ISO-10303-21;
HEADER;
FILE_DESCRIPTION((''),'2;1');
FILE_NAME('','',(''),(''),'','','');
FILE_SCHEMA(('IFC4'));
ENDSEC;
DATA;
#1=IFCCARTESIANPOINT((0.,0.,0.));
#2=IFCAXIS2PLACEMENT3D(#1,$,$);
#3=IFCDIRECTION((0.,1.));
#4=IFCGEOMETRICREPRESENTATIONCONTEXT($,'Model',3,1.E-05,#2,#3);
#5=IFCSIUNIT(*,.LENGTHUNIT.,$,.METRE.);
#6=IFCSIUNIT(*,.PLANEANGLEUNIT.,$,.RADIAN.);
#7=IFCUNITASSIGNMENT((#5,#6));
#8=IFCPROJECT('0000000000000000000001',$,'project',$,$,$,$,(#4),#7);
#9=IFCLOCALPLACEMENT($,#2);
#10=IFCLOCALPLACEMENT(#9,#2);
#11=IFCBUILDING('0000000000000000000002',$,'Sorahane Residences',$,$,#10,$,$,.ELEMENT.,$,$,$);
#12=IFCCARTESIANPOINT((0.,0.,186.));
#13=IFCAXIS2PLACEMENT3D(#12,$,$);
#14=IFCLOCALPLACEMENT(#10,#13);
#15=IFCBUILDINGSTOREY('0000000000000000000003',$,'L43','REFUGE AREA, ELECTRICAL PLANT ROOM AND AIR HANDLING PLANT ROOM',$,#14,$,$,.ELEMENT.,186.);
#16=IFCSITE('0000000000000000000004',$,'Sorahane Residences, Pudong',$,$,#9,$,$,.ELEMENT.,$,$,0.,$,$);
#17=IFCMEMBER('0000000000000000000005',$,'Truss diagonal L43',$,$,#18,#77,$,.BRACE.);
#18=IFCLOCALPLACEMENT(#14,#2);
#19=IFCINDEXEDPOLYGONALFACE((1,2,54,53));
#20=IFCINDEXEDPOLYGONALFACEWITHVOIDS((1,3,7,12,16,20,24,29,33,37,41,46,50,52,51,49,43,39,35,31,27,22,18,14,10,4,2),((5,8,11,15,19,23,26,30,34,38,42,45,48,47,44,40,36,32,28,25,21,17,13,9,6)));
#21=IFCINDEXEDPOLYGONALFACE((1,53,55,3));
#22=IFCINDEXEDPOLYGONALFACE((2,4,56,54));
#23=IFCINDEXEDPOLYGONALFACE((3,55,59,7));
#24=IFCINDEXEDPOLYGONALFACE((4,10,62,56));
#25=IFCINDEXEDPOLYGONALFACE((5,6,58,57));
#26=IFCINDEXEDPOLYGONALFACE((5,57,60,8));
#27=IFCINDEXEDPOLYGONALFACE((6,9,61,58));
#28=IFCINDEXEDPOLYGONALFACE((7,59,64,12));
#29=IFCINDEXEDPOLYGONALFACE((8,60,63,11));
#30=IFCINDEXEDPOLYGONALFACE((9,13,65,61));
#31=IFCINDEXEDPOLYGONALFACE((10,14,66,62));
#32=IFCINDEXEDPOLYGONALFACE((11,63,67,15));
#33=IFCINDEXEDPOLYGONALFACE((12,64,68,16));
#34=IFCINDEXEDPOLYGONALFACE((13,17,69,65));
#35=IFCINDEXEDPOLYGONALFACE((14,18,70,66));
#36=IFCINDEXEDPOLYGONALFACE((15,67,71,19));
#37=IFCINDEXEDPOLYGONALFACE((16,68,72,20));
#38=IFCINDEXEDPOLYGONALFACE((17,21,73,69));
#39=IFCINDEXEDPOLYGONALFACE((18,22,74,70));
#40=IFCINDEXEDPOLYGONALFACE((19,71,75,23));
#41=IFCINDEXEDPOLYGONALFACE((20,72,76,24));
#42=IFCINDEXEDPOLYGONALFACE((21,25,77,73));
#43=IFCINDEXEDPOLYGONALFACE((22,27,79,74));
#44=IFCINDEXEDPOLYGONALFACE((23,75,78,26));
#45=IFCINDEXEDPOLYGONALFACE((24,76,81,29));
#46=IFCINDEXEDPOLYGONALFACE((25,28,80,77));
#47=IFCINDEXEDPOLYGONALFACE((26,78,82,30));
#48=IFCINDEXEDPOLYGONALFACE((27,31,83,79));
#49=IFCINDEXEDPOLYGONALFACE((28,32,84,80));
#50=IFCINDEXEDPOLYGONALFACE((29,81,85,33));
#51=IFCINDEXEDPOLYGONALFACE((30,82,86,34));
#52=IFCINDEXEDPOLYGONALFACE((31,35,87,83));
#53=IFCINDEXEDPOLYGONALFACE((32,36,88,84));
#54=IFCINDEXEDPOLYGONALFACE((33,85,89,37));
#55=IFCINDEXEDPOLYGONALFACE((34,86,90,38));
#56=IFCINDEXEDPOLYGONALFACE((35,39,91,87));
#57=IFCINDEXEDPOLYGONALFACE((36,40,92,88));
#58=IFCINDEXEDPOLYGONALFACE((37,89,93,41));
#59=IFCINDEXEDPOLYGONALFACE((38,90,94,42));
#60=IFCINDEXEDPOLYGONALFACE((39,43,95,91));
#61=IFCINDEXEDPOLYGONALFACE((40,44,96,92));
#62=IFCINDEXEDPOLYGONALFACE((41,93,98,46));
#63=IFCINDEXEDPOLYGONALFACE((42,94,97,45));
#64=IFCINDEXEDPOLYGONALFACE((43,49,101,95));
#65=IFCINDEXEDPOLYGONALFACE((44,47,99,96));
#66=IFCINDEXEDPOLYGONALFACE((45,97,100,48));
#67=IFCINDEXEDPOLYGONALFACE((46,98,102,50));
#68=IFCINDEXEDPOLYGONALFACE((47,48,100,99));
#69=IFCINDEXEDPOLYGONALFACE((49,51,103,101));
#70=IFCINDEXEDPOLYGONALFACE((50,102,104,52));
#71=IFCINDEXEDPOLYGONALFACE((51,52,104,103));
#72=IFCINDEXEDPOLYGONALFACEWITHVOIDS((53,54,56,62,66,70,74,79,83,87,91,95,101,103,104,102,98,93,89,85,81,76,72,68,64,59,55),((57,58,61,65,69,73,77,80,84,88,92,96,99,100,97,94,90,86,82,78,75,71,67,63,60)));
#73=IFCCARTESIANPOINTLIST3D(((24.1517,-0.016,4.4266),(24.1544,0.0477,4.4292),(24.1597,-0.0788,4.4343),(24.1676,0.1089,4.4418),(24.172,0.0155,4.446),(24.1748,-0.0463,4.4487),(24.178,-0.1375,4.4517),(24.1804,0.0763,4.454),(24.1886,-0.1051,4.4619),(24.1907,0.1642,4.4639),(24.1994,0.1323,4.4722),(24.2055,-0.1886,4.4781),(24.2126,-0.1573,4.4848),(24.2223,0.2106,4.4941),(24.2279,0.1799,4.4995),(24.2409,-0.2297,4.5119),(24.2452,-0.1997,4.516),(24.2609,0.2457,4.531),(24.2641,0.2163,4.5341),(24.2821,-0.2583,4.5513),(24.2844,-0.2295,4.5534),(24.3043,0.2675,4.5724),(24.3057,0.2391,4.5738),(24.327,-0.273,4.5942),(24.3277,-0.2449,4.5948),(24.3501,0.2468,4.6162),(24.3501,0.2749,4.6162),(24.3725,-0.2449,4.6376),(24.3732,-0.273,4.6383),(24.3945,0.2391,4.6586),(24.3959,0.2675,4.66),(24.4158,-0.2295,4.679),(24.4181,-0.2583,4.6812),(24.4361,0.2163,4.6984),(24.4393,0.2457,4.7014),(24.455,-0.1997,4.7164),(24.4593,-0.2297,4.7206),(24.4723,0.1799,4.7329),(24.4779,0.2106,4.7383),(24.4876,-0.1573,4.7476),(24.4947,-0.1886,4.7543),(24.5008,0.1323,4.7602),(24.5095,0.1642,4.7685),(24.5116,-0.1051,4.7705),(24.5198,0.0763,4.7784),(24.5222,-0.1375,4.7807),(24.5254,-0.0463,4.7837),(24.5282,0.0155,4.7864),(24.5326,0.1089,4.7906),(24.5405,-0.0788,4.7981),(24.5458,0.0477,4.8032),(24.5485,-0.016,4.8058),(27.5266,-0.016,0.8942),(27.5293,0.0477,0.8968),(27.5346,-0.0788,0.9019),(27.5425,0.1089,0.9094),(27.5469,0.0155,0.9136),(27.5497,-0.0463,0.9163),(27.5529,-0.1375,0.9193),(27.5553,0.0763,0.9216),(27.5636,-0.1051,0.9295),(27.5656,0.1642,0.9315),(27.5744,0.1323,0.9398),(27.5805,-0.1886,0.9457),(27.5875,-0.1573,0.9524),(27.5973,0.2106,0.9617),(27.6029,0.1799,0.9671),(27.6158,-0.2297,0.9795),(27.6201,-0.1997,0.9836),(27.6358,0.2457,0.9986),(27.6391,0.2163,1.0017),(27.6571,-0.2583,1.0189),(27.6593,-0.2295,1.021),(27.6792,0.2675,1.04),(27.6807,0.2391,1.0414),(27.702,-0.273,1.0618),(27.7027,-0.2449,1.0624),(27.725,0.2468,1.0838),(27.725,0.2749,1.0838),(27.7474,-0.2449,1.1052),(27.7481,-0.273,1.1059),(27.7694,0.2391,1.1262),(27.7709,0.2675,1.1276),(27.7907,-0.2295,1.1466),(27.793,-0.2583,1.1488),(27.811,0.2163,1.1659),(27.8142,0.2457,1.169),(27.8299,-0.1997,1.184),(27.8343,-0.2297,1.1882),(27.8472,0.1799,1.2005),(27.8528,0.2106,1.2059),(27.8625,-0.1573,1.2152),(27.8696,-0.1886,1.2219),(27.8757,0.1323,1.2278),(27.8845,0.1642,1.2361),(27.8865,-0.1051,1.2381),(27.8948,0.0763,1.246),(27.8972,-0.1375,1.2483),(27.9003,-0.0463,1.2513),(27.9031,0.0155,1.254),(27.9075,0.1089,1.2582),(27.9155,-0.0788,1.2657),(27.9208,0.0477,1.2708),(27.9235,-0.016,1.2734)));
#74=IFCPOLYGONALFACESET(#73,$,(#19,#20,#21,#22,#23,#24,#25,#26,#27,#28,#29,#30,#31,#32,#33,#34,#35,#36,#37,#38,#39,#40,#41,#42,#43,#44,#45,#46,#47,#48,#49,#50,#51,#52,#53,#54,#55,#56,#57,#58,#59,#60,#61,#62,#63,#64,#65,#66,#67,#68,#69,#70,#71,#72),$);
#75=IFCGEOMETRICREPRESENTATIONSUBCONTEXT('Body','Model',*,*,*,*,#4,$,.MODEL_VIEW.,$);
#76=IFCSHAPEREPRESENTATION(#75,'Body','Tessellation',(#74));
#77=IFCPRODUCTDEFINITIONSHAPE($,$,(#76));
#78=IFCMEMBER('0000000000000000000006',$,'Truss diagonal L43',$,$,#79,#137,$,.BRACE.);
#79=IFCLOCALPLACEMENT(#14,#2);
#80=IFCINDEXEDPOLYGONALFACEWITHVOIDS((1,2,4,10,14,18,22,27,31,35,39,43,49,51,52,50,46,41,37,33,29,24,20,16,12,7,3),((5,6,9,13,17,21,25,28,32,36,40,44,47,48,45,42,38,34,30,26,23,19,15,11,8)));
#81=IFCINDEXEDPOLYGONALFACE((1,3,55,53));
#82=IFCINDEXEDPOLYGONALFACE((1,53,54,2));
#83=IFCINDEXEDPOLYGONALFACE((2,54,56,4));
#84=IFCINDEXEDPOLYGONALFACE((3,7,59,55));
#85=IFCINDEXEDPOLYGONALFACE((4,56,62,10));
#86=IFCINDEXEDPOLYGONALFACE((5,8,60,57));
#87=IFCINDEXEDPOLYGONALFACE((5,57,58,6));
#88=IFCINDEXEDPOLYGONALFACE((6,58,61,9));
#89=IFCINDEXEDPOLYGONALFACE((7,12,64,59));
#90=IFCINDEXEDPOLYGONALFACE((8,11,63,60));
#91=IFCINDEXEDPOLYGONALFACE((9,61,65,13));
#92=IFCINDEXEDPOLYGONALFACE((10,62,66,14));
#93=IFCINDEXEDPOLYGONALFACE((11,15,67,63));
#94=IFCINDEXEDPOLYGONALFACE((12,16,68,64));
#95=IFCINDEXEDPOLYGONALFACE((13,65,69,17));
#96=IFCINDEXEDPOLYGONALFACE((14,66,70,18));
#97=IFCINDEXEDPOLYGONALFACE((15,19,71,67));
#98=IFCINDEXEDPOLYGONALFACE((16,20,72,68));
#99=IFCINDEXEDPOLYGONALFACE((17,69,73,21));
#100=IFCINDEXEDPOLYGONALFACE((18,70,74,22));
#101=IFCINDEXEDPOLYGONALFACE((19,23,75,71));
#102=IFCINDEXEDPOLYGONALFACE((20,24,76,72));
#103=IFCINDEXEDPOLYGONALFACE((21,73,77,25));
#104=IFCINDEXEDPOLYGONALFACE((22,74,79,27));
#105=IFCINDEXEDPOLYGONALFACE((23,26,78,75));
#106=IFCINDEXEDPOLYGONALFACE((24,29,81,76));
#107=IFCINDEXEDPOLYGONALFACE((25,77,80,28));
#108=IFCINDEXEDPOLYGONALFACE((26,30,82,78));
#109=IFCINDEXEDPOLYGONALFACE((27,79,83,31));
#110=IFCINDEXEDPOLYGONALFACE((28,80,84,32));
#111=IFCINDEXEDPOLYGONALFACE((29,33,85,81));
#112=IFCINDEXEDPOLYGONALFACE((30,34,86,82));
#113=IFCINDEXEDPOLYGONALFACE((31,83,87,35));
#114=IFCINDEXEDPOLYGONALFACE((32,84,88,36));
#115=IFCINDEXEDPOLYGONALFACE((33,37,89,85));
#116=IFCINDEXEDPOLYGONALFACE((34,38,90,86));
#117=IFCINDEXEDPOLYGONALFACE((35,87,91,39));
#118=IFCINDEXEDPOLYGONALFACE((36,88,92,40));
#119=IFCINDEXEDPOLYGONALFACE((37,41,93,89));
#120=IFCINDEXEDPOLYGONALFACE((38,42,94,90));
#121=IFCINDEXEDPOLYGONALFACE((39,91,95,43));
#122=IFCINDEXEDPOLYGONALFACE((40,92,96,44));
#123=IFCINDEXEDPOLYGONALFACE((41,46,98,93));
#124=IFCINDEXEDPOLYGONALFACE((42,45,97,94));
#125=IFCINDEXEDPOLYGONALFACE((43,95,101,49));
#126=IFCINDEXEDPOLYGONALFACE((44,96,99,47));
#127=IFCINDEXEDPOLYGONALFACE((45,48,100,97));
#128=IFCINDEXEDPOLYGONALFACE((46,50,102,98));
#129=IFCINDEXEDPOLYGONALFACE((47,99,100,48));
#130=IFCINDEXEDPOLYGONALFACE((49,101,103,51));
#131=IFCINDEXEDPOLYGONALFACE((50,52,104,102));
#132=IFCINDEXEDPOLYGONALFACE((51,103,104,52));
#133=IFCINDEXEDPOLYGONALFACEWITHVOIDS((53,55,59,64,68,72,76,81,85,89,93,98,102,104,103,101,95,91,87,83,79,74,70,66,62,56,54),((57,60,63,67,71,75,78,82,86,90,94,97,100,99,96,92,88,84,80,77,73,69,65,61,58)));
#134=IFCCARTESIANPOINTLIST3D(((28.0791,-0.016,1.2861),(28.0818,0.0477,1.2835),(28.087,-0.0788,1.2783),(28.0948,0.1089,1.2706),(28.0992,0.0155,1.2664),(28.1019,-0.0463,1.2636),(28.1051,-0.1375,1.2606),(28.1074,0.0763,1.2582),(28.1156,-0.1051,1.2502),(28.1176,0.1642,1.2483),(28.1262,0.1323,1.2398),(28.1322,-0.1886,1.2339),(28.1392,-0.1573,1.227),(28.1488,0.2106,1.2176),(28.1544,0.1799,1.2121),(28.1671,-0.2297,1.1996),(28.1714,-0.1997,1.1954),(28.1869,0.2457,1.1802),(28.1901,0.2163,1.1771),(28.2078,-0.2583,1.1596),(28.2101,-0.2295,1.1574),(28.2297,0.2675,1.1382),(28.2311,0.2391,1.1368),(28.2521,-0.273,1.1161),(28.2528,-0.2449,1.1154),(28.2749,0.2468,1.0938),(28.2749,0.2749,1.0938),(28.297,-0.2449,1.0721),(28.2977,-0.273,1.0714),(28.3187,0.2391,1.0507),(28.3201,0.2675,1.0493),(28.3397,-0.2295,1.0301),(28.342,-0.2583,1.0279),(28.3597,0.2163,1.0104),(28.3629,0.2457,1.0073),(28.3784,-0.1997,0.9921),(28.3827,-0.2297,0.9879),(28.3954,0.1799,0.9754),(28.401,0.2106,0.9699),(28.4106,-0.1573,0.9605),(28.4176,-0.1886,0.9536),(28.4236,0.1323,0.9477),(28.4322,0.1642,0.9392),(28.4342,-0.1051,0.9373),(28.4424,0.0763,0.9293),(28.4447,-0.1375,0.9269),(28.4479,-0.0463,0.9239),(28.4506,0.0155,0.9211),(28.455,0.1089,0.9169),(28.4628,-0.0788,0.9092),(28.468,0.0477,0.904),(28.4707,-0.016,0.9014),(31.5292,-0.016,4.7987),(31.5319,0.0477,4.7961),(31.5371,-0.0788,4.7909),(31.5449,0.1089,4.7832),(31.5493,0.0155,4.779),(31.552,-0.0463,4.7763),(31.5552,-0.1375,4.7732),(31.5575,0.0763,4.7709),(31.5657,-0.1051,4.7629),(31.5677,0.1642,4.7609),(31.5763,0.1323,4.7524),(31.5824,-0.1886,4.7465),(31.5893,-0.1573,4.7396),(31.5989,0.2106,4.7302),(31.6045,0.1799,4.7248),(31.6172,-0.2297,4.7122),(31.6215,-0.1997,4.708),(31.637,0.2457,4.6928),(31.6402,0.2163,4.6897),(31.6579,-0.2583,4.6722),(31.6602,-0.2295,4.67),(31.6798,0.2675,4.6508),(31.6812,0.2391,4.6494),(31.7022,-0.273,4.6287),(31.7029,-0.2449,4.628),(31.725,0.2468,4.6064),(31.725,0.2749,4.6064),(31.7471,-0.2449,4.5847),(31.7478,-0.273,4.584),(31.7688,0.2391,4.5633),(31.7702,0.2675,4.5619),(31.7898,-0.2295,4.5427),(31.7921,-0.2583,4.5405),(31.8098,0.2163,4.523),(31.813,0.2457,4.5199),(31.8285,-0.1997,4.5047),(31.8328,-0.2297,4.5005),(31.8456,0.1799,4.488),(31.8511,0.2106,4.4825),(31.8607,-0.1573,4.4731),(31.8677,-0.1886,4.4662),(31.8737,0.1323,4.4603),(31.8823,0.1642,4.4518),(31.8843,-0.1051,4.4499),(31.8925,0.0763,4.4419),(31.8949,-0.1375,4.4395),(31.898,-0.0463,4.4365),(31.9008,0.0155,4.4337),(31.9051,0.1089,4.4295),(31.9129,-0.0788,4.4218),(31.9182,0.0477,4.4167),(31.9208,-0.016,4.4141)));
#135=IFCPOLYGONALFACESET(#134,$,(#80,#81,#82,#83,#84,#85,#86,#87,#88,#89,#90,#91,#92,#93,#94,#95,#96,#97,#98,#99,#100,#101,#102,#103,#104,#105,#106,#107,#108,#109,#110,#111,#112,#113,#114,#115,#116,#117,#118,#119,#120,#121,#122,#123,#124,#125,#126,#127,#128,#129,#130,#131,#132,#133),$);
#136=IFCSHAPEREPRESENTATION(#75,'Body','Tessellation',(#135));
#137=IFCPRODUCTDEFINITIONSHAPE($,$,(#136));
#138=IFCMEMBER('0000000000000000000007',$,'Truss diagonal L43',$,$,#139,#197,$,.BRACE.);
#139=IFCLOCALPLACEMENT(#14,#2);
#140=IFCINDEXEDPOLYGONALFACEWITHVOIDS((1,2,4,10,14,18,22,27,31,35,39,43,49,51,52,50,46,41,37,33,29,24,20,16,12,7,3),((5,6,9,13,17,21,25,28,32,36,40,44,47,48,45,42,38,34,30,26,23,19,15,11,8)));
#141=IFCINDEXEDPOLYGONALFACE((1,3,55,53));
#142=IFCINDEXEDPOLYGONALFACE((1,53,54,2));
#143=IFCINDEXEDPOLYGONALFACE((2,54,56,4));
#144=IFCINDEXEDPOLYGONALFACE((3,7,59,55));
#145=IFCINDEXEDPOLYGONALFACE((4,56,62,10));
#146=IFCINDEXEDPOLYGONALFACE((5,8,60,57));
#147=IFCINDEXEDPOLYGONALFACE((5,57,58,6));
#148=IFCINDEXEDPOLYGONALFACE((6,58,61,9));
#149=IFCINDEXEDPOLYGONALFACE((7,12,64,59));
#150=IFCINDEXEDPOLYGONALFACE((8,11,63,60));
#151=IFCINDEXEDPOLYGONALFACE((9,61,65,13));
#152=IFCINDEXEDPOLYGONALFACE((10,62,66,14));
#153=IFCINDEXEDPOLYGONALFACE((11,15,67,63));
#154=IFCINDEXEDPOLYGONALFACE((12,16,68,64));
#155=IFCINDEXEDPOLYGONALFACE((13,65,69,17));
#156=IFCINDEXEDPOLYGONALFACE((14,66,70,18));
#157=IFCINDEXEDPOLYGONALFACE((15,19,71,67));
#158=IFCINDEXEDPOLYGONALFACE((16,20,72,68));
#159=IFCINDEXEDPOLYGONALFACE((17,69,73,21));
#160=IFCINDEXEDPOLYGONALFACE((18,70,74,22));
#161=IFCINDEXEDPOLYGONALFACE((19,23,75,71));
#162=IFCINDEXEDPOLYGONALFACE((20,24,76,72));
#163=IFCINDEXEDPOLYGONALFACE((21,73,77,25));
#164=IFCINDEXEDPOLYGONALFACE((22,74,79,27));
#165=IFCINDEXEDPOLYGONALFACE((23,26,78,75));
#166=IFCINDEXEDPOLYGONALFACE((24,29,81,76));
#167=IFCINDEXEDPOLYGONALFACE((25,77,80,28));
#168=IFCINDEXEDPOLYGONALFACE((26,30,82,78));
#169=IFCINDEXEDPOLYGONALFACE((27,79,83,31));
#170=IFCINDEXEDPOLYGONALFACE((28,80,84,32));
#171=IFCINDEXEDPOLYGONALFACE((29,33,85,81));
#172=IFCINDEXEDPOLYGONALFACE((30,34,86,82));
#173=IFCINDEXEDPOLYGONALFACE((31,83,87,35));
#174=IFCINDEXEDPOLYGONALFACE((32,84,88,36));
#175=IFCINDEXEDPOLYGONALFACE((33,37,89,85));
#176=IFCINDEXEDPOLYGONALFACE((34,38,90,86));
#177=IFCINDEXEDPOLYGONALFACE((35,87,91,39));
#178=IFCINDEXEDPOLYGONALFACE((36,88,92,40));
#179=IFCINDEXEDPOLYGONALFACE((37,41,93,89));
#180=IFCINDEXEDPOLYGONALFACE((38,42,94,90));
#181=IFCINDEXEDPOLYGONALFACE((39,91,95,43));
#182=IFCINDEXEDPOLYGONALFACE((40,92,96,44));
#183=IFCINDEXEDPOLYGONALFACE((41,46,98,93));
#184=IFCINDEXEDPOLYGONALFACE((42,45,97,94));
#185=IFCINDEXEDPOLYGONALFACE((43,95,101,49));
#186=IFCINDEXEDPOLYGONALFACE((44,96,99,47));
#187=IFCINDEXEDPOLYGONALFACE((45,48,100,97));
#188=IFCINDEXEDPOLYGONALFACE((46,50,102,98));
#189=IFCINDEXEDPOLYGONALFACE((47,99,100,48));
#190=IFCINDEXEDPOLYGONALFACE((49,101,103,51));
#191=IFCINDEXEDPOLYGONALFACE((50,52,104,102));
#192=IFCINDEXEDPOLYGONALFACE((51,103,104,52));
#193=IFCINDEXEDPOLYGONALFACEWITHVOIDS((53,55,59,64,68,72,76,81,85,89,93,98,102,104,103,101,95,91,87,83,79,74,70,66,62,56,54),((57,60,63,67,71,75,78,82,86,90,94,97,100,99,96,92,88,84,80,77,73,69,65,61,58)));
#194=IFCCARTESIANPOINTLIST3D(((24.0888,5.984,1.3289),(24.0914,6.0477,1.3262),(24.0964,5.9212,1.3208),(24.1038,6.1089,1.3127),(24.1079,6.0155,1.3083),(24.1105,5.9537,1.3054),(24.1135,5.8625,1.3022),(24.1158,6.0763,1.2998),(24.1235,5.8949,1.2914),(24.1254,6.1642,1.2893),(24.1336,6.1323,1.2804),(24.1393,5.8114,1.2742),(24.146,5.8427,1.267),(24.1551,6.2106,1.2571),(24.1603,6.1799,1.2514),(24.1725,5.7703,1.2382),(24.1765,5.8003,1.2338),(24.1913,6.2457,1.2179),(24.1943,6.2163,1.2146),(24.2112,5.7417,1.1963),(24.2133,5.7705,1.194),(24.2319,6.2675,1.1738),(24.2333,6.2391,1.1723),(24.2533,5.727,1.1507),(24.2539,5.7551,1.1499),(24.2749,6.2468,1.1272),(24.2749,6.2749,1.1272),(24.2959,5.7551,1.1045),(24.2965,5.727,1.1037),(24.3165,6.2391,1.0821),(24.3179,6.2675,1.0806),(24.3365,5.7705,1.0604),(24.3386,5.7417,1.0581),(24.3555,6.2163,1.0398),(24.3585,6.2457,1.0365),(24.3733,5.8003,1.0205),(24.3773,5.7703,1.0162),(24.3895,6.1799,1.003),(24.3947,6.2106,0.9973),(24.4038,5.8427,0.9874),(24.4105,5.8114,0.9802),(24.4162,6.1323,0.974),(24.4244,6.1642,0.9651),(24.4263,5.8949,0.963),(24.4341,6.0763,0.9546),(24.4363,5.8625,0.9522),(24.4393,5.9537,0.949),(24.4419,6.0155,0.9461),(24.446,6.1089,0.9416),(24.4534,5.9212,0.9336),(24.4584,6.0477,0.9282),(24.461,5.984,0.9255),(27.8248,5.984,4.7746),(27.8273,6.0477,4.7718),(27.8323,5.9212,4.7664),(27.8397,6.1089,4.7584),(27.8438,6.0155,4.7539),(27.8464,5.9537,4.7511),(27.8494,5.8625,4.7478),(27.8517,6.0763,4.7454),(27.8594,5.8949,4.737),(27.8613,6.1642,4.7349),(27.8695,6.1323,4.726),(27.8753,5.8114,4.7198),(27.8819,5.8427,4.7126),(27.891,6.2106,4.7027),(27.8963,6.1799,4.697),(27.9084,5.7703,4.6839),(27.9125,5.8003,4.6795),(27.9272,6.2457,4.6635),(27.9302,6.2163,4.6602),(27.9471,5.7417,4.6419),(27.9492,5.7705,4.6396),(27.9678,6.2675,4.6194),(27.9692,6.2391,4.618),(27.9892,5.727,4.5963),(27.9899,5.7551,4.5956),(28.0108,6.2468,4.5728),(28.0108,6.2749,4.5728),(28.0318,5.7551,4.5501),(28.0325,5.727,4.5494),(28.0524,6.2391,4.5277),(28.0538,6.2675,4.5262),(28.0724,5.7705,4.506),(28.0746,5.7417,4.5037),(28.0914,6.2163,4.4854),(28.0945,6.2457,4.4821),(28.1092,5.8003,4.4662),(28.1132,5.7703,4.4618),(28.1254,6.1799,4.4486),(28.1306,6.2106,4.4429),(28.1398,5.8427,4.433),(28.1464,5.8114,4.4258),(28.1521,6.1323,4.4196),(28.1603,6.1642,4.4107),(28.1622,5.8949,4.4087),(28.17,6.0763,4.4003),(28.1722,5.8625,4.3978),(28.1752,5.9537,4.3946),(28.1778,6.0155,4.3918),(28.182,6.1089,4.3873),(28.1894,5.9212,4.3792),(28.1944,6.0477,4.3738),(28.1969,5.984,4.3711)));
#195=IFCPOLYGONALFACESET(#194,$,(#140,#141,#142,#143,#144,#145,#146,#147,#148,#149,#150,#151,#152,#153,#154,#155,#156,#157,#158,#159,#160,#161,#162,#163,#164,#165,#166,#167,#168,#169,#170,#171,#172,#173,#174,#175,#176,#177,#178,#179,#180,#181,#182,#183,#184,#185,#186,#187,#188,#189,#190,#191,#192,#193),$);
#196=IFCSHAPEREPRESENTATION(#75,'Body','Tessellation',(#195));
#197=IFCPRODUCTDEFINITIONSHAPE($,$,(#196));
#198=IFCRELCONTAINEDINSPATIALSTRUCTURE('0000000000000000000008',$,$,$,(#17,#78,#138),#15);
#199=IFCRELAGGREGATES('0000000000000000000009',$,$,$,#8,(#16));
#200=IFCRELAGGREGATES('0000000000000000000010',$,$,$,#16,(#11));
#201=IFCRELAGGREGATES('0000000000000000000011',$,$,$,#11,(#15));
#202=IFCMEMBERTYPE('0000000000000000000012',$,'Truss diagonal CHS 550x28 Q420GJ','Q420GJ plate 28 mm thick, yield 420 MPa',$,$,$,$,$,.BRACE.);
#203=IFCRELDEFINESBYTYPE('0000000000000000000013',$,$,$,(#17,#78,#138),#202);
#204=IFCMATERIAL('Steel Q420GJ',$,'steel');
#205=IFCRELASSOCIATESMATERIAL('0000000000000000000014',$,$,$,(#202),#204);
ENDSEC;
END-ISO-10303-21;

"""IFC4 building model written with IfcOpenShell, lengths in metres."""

from ifc_helpers import new_model, si_unit, direction, frame, origin, origin_2d, place, context, subcontext, project, spatial, hollow_circle, extrude, material, material_profile, profile_set, type_object, element, save


model = new_model("IFC4")

# Units and contexts
model_context = context("Model", 3, precision=1e-05, world=origin(), true_north=direction((0.0, 1.0)))
body_context = subcontext(model_context, "Body", "Model", "MODEL_VIEW")
ifc_project = project(units=[si_unit("LENGTHUNIT", "METRE"), si_unit("PLANEANGLEUNIT", "RADIAN")], contexts=[model_context])

# Site, building, storey
site_placement = place(None, origin())
site = spatial("IfcSite", under=ifc_project, at=site_placement, Name="Sorahane Residences, Pudong", CompositionType="ELEMENT", RefElevation=0.0)
building_placement = place(site_placement, origin())
building = spatial("IfcBuilding", under=site, at=building_placement, Name="Sorahane Residences", CompositionType="ELEMENT")
storey_placement = place(building_placement, frame((0.0, 0.0, 186.0)))
storey = spatial("IfcBuildingStorey", under=building, at=storey_placement, Name="L43", Description="REFUGE AREA, ELECTRICAL PLANT ROOM AND AIR HANDLING PLANT ROOM", CompositionType="ELEMENT", Elevation=186.0)

# Members
ifc_material_1 = material(Name="Steel Q420GJ", Category="steel")
ifc_material_profile_1 = material_profile(ifc_material_1, hollow_circle(Radius=0.2749, WallThickness=0.0281, at=origin_2d()), Name="CHS 550x28")
ifc_profile_set_1 = profile_set([ifc_material_profile_1], Name="Steel Q420GJ")
member_type = type_object("IfcMemberType", Name="Truss diagonal CHS 550x28 Q420GJ", Description="Q420GJ plate 28 mm thick, yield 420 MPa", PredefinedType="BRACE", material=ifc_profile_set_1)
for number, where, z_axis, x_axis, name in (
    (1, (24.3501, 0.0, 4.6162), (0.690807, 0.0, -0.723039), (0.0, 1.0, 0.0), "Truss diagonal L43"),
):
    element("IfcMember", number, at=place(storey_placement, frame(where, z_axis=z_axis, x_axis=x_axis)), inside=storey, type_object=member_type, Name=name, PredefinedType="BRACE", context=body_context, shape_type="SweptSolid", body=[
        extrude(hollow_circle(Radius=0.2749, WallThickness=0.0281, at=origin_2d()), origin(), (0.0, 0.0, 1.0), 4.8855),
    ])
member_1_placement = place(storey_placement, frame((28.2749, 0.0, 1.0938), z_axis=(0.700731, 0.0, 0.713425), x_axis=(0.0, 1.0, 0.0)))
element("IfcMember", 2, at=member_1_placement, inside=storey, type_object=member_type, Name="Truss diagonal L43", PredefinedType="BRACE", context=body_context, shape_type="SweptSolid", body=[
    extrude(hollow_circle(Radius=0.2749, WallThickness=0.0281, at=origin_2d()), origin(), (0.0, 0.0, 1.0), 4.9236),
])
member_2_placement = place(storey_placement, frame((24.2749, 6.0, 1.1272), z_axis=(0.735089, 0.0, 0.677971), x_axis=(0.0, 1.0, 0.0)))
element("IfcMember", 3, at=member_2_placement, inside=storey, type_object=member_type, Name="Truss diagonal L43", PredefinedType="BRACE", context=body_context, shape_type="SweptSolid", body=[
    extrude(hollow_circle(Radius=0.2749, WallThickness=0.0281, at=origin_2d()), origin(), (0.0, 0.0, 1.0), 5.0823),
])

save(model, "model.ifc")
